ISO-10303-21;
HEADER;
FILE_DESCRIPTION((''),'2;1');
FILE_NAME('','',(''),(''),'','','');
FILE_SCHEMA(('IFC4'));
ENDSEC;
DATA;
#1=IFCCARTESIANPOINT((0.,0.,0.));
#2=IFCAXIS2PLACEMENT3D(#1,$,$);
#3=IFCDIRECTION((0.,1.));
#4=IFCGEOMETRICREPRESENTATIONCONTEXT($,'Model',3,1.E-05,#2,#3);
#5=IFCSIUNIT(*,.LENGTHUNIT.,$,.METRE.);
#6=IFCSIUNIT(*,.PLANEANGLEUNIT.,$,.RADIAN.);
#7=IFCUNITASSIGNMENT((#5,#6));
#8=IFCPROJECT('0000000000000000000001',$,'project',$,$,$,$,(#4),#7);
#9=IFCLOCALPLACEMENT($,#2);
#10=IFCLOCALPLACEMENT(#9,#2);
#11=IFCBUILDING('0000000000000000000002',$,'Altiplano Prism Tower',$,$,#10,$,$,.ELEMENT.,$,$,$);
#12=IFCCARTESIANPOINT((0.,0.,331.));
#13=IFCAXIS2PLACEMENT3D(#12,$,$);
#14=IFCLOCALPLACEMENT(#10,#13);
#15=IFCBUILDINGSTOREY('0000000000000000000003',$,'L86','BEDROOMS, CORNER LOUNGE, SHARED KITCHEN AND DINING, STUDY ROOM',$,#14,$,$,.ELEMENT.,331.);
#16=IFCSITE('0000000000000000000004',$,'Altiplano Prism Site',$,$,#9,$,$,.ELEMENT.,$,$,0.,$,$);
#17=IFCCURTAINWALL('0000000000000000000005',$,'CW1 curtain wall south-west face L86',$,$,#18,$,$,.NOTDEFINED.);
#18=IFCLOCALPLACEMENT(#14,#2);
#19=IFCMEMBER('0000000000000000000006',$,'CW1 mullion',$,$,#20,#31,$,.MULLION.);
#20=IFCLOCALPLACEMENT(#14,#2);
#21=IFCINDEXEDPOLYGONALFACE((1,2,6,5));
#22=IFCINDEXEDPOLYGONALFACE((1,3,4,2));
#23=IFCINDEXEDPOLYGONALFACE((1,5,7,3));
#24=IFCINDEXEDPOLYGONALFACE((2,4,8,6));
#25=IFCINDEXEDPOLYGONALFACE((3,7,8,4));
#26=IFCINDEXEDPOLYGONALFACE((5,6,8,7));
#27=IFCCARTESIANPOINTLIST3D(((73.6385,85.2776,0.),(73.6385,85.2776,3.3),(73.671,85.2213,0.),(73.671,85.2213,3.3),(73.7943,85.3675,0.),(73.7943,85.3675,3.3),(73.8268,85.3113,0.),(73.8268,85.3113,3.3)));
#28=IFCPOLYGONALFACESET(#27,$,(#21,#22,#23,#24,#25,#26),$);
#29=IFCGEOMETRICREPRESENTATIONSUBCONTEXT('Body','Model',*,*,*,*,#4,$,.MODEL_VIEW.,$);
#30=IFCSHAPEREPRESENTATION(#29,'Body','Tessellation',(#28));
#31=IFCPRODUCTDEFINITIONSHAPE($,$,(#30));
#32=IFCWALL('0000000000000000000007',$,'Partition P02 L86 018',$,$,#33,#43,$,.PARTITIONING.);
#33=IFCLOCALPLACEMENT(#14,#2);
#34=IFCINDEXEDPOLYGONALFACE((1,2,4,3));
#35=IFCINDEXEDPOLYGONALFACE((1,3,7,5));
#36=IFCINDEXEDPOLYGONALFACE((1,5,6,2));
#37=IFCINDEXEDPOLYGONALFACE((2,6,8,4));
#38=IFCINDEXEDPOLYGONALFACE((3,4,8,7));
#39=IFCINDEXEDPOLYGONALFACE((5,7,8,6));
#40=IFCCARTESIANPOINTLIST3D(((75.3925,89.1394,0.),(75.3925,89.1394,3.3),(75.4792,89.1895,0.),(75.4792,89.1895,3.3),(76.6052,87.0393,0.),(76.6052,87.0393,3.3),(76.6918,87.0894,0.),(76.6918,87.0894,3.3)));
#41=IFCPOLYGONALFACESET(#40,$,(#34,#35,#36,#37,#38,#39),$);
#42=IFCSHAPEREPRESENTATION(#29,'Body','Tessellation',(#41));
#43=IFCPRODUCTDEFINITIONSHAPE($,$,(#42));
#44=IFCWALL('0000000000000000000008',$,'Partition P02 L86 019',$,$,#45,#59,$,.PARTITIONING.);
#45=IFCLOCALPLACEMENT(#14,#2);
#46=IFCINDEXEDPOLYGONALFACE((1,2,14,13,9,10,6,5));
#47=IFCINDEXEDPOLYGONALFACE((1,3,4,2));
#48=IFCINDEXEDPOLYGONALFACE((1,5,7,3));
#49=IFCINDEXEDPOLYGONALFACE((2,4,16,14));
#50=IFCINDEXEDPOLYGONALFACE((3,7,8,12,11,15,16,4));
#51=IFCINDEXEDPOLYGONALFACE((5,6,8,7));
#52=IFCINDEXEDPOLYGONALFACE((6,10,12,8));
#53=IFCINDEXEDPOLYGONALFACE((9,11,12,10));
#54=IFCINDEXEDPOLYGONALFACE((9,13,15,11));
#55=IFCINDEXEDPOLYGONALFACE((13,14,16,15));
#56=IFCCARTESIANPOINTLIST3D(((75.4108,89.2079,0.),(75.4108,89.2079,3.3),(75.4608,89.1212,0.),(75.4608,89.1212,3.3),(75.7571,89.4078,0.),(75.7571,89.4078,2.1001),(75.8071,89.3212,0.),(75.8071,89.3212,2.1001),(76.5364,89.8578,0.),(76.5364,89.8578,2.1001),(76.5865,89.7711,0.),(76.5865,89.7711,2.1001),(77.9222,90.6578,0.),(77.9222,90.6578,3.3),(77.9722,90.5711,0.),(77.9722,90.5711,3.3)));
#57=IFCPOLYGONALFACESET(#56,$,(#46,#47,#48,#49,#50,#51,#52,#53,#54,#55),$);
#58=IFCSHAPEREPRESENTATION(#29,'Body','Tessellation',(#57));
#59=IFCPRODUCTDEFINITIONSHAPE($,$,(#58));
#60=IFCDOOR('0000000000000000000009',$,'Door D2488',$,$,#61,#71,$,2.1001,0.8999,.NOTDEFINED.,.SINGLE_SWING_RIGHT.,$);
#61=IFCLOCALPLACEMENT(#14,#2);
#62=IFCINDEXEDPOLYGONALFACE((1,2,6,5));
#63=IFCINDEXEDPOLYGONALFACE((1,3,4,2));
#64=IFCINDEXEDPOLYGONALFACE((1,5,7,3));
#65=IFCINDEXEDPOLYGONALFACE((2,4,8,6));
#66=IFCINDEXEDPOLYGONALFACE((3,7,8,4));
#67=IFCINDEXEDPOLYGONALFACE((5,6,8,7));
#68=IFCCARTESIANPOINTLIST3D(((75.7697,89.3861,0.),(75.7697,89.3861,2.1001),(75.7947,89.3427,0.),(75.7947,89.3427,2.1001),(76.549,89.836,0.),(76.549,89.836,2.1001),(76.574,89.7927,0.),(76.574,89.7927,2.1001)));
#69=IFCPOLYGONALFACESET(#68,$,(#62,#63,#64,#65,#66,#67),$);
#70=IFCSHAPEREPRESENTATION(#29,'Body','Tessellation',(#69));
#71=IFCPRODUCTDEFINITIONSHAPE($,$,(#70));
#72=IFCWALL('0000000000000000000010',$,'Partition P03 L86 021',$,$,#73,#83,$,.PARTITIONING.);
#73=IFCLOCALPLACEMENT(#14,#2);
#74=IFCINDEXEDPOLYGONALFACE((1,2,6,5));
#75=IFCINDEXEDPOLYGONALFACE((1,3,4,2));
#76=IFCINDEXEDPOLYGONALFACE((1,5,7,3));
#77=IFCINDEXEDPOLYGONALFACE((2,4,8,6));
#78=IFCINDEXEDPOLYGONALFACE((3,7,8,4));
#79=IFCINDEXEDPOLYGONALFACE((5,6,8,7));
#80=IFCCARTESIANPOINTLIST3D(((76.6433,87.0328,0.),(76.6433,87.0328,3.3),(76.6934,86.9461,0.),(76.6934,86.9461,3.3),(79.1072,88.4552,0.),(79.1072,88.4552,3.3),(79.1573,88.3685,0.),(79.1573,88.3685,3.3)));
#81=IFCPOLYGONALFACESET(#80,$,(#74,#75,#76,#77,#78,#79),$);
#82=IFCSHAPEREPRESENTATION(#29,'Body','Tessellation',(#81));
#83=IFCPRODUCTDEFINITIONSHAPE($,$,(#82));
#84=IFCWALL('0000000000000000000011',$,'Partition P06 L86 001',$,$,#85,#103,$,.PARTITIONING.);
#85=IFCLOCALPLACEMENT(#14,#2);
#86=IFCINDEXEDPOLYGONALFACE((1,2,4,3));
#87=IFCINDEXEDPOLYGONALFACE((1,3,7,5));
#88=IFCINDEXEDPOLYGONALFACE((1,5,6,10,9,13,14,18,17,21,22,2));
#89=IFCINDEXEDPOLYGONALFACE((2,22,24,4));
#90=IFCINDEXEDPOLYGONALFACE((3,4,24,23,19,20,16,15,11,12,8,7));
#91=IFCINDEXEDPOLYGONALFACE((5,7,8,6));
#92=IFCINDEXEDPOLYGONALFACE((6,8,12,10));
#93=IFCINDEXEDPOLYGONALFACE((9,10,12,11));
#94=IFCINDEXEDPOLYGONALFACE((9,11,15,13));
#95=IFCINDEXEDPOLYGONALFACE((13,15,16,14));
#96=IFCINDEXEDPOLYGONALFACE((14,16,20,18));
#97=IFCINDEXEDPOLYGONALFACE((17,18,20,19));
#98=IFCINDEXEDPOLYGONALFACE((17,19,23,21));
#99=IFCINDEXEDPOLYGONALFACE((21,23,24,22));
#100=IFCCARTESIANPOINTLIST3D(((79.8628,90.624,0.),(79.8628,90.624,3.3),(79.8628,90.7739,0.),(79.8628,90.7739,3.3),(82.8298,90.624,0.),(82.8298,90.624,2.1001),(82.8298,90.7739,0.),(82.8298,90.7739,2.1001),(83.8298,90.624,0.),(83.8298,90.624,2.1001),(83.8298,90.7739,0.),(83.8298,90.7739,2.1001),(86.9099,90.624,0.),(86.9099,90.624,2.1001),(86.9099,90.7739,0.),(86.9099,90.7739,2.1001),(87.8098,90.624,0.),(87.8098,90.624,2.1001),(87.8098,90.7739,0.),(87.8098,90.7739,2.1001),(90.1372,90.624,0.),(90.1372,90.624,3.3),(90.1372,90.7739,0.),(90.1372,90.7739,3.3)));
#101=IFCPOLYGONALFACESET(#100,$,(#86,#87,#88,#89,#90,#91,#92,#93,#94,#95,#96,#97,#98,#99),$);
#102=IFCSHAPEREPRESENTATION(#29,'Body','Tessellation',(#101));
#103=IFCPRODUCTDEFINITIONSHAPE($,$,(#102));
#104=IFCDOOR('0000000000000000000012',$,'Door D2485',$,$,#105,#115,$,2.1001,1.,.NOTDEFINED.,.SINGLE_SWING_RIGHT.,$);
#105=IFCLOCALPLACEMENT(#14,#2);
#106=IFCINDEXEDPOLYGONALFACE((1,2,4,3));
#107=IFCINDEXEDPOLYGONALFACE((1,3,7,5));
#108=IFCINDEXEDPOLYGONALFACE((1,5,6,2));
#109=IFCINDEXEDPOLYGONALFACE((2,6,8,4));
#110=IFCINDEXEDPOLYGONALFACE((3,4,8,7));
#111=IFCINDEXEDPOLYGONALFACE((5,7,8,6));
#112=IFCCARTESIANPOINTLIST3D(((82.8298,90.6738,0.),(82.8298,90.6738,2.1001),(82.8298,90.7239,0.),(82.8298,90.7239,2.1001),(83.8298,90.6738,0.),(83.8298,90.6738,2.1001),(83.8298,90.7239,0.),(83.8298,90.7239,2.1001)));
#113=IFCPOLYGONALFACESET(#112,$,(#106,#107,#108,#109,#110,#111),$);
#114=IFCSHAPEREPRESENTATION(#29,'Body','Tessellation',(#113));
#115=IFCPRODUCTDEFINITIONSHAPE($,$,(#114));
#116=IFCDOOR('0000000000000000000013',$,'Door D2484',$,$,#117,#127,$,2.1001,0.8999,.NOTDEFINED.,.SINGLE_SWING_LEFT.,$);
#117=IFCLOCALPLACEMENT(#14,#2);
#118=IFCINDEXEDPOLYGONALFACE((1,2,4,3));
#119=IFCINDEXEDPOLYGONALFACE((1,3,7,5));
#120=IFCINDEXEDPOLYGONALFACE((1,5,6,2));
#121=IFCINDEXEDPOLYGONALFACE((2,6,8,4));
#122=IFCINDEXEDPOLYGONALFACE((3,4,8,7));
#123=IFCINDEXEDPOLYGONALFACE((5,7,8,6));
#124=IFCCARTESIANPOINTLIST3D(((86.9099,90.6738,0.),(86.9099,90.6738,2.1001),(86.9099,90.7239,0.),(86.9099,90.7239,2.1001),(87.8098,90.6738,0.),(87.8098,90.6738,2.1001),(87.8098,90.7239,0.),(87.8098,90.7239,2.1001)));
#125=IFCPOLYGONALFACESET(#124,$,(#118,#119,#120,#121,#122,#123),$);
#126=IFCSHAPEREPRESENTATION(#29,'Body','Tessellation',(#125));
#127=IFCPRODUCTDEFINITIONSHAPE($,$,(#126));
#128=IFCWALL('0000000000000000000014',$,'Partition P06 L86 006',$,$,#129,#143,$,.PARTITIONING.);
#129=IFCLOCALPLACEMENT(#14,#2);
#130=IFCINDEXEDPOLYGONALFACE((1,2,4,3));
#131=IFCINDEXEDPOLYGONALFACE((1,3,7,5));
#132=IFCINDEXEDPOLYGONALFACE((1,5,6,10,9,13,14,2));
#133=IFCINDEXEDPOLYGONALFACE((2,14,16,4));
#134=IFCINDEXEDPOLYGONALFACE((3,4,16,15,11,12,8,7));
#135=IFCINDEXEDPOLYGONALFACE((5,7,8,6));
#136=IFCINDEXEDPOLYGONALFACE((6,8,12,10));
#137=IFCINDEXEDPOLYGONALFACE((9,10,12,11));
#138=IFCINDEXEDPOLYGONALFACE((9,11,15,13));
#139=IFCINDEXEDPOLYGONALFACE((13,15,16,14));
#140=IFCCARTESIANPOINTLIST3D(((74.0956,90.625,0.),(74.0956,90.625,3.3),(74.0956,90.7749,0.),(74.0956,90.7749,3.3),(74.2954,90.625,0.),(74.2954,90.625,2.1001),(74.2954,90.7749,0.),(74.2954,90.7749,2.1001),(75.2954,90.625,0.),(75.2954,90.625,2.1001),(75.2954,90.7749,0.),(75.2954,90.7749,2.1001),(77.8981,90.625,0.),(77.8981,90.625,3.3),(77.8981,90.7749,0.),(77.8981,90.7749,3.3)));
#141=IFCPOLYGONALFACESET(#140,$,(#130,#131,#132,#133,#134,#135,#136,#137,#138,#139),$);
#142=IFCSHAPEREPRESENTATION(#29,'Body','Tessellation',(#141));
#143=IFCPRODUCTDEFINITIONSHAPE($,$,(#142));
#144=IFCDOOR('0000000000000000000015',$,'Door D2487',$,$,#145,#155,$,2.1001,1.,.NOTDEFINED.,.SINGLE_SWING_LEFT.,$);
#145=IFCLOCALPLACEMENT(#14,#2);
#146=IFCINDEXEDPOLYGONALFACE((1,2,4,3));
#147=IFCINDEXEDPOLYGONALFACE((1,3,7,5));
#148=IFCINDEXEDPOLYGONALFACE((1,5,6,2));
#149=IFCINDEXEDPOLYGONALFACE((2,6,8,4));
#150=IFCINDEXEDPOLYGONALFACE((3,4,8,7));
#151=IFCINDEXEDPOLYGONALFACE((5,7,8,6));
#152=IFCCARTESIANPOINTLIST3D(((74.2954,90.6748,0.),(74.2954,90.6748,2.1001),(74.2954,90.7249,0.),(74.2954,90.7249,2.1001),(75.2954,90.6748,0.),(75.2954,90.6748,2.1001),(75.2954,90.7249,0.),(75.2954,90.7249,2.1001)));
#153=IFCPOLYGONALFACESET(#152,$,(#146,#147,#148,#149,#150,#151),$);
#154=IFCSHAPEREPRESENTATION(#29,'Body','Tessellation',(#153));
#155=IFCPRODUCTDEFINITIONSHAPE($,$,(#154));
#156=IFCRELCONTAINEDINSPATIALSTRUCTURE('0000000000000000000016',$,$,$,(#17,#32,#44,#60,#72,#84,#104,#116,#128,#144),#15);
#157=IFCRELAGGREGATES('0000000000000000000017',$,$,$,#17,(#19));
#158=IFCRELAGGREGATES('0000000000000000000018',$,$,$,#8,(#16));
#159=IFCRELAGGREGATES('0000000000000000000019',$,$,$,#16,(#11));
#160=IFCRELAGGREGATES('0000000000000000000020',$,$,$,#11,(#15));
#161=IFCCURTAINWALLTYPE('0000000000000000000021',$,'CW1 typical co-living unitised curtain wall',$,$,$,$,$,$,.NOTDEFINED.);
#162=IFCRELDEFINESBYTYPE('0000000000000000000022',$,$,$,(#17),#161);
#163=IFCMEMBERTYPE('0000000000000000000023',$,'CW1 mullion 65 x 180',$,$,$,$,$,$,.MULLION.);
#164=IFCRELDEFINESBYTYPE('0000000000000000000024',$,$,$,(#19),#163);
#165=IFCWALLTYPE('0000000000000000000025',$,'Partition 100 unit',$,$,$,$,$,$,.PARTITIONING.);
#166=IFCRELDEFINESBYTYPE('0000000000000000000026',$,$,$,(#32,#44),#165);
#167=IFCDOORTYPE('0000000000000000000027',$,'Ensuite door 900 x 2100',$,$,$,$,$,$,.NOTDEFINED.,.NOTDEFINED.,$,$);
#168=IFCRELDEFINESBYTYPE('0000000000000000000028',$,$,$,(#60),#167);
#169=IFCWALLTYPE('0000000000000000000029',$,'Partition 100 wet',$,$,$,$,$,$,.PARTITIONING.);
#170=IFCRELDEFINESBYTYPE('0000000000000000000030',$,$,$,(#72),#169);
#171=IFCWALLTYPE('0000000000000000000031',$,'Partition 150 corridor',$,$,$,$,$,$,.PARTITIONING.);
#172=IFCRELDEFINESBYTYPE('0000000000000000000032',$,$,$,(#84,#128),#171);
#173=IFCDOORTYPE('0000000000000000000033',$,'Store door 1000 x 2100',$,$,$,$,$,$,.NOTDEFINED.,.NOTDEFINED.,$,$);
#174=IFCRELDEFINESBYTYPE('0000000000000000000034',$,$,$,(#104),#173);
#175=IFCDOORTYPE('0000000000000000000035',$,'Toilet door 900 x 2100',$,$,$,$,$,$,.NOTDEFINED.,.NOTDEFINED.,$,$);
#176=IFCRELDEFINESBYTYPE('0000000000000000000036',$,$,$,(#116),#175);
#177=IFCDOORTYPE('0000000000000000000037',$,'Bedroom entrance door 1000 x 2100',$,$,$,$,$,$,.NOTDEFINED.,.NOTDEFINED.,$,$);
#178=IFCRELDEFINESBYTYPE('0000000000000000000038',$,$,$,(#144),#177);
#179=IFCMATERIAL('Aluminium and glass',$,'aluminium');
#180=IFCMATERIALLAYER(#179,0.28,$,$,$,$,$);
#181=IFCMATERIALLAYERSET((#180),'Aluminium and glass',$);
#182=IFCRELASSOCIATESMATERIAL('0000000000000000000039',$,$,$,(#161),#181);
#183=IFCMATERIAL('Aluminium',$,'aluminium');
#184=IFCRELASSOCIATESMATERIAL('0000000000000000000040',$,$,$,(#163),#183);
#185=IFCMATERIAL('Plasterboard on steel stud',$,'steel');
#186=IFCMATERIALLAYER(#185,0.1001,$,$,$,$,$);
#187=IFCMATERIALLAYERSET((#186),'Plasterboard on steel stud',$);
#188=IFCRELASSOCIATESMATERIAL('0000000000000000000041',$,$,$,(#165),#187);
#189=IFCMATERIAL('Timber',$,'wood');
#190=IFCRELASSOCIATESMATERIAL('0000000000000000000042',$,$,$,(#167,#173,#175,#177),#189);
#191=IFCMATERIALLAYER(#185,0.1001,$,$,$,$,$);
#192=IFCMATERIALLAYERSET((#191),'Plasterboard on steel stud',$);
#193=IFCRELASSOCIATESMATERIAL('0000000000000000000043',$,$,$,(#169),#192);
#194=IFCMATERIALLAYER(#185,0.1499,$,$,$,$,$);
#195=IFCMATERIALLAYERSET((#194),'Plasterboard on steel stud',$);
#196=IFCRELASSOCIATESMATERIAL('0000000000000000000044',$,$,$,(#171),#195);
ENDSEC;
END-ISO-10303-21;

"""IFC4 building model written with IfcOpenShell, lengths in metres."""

from ifc_helpers import new_model, si_unit, direction, frame, frame_2d, origin, origin_2d, place, context, subcontext, project, spatial, rectangle, extrude, material, layer, layer_set, material_profile, profile_set, type_object, element, fill, aggregate, save


model = new_model("IFC4")

# Units and contexts
model_context = context("Model", 3, precision=1e-05, world=origin(), true_north=direction((0.0, 1.0)))
body_context = subcontext(model_context, "Body", "Model", "MODEL_VIEW")
ifc_project = project(units=[si_unit("LENGTHUNIT", "METRE"), si_unit("PLANEANGLEUNIT", "RADIAN")], contexts=[model_context])

# Site, building, storey
site_placement = place(None, origin())
site = spatial("IfcSite", under=ifc_project, at=site_placement, Name="Altiplano Prism Site", CompositionType="ELEMENT", RefElevation=0.0)
building_placement = place(site_placement, origin())
building = spatial("IfcBuilding", under=site, at=building_placement, Name="Altiplano Prism Tower", CompositionType="ELEMENT")
storey_placement = place(building_placement, frame((0.0, 0.0, 331.0)))
storey = spatial("IfcBuildingStorey", under=building, at=storey_placement, Name="L86", Description="BEDROOMS, CORNER LOUNGE, SHARED KITCHEN AND DINING, STUDY ROOM", CompositionType="ELEMENT", Elevation=331.0)

# Curtain wall, member
ifc_material_1 = material(Name="Aluminium and glass", Category="aluminium")
ifc_layer_1 = layer(ifc_material_1, 0.28)
ifc_layer_set_1 = layer_set([ifc_layer_1], Name="Aluminium and glass")
curtain_wall_type = type_object("IfcCurtainWallType", Name="CW1 typical co-living unitised curtain wall", PredefinedType="NOTDEFINED", material=ifc_layer_set_1)
curtain_wall_placement = place(storey_placement, origin())
curtain_wall = element("IfcCurtainWall", 1, at=curtain_wall_placement, inside=storey, type_object=curtain_wall_type, Name="CW1 curtain wall south-west face L86", PredefinedType="NOTDEFINED")
ifc_material_2 = material(Name="Aluminium", Category="aluminium")
ifc_material_profile = material_profile(ifc_material_2, rectangle(XDim=0.1799, YDim=0.0649, at=origin_2d()), Name="CW1 mullion 65 x 180")
ifc_profile_set = profile_set([ifc_material_profile], Name="Aluminium")
member_type = type_object("IfcMemberType", Name="CW1 mullion 65 x 180", PredefinedType="MULLION", material=ifc_profile_set)
member_placement = place(storey_placement, frame((73.7327, 85.2944, 0.0), z_axis=(0.0, 0.0, 1.0), x_axis=(0.866025, 0.5, 0.0)))
member = element("IfcMember", 2, at=member_placement, type_object=member_type, Name="CW1 mullion", PredefinedType="MULLION", context=body_context, shape_type="SweptSolid", body=[
    extrude(rectangle(XDim=0.1799, YDim=0.0649, at=origin_2d()), origin(), (0.0, 0.0, 1.0), 3.3),
])
aggregate(curtain_wall, [member])

# Wall
ifc_material_3 = material(Name="Plasterboard on steel stud", Category="steel")
ifc_layer_2 = layer(ifc_material_3, 0.1001)
ifc_layer_set_2 = layer_set([ifc_layer_2], Name="Plasterboard on steel stud")
wall_type_1 = type_object("IfcWallType", Name="Partition 100 unit", PredefinedType="PARTITIONING", material=ifc_layer_set_2)
wall_1_placement = place(storey_placement, frame((76.6484, 87.0645, 0.0), z_axis=(0.0, 0.0, 1.0), x_axis=(-0.500048, 0.865998, 0.0)))
element("IfcWall", 3, at=wall_1_placement, inside=storey, type_object=wall_type_1, Name="Partition P02 L86 018", PredefinedType="PARTITIONING", context=body_context, shape_type="SweptSolid", body=[
    extrude(rectangle(XDim=2.425, YDim=0.1001, at=frame_2d((1.2124, 0.0))), origin(), (0.0, 0.0, 1.0), 3.3),
])

# Wall, opening, door
wall_2_placement = place(storey_placement, frame((75.4358, 89.1646, 0.0), z_axis=(0.0, 0.0, 1.0), x_axis=(0.866033, 0.499987, 0.0)))
wall_2 = element("IfcWall", 4, at=wall_2_placement, inside=storey, type_object=wall_type_1, Name="Partition P02 L86 019", PredefinedType="PARTITIONING", context=body_context, shape_type="SweptSolid", body=[
    extrude(rectangle(XDim=2.8999, YDim=0.1001, at=frame_2d((1.45, 0.0))), origin(), (0.0, 0.0, 1.0), 3.3),
])
opening_1_placement = place(wall_2_placement, frame((0.3999, 0.0, 0.0)))
opening_1 = element("IfcOpeningElement", 5, at=opening_1_placement, cuts=wall_2, PredefinedType="OPENING", context=body_context, shape_type="SweptSolid", body=[
    extrude(rectangle(XDim=0.8999, YDim=2.1001, at=frame_2d((0.45, 1.05))), frame((0.0, 0.0605, 0.0), z_axis=(0.0, -1.0, 0.0), x_axis=(1.0, 0.0, 0.0)), (0.0, 0.0, 1.0), 0.1211),
])
ifc_material_4 = material(Name="Timber", Category="wood")
door_type_1 = type_object("IfcDoorType", Name="Ensuite door 900 x 2100", OperationType="NOTDEFINED", PredefinedType="NOTDEFINED", material=ifc_material_4)
door_1_placement = place(opening_1_placement, origin())
door_1 = element("IfcDoor", 6, at=door_1_placement, inside=storey, type_object=door_type_1, Name="Door D2488", OperationType="SINGLE_SWING_RIGHT", OverallHeight=2.1001, OverallWidth=0.8999, PredefinedType="NOTDEFINED", context=body_context, shape_type="SweptSolid", body=[
    extrude(rectangle(XDim=0.8999, YDim=2.1001, at=frame_2d((0.45, 1.05))), frame((0.0, 0.0249, 0.0), z_axis=(0.0, -1.0, 0.0), x_axis=(1.0, 0.0, 0.0)), (0.0, 0.0, 1.0), 0.05),
])
fill(opening_1, door_1)

# Wall
ifc_layer_3 = layer(ifc_material_3, 0.1001)
ifc_layer_set_3 = layer_set([ifc_layer_3], Name="Plasterboard on steel stud")
wall_type_2 = type_object("IfcWallType", Name="Partition 100 wet", PredefinedType="PARTITIONING", material=ifc_layer_set_3)
wall_3_placement = place(storey_placement, frame((76.6685, 86.9895, 0.0), z_axis=(0.0, 0.0, 1.0), x_axis=(0.866048, 0.49996, 0.0)))
element("IfcWall", 7, at=wall_3_placement, inside=storey, type_object=wall_type_2, Name="Partition P03 L86 021", PredefinedType="PARTITIONING", context=body_context, shape_type="SweptSolid", body=[
    extrude(rectangle(XDim=2.845, YDim=0.1001, at=frame_2d((1.4224, 0.0))), origin(), (0.0, 0.0, 1.0), 3.3),
])

# Wall, openings, doors
ifc_layer_4 = layer(ifc_material_3, 0.1499)
ifc_layer_set_4 = layer_set([ifc_layer_4], Name="Plasterboard on steel stud")
wall_type_3 = type_object("IfcWallType", Name="Partition 150 corridor", PredefinedType="PARTITIONING", material=ifc_layer_set_4)
wall_4_placement = place(storey_placement, frame((79.8628, 90.699, 0.0), z_axis=(0.0, 0.0, 1.0), x_axis=(1.0, 0.0, 0.0)))
wall_4 = element("IfcWall", 8, at=wall_4_placement, inside=storey, type_object=wall_type_3, Name="Partition P06 L86 001", PredefinedType="PARTITIONING", context=body_context, shape_type="SweptSolid", body=[
    extrude(rectangle(XDim=10.2744, YDim=0.1499, at=frame_2d((5.1372, 0.0))), origin(), (0.0, 0.0, 1.0), 3.3),
])
opening_2_placement = place(wall_4_placement, frame((7.0471, 0.0, 0.0)))
opening_2 = element("IfcOpeningElement", 9, at=opening_2_placement, cuts=wall_4, PredefinedType="OPENING", context=body_context, shape_type="SweptSolid", body=[
    extrude(rectangle(XDim=0.8999, YDim=2.1001, at=frame_2d((0.45, 1.05))), frame((0.0, 0.0854, 0.0), z_axis=(0.0, -1.0, 0.0), x_axis=(1.0, 0.0, 0.0)), (0.0, 0.0, 1.0), 0.1709),
])
opening_3_placement = place(wall_4_placement, frame((2.967, 0.0, 0.0)))
opening_3 = element("IfcOpeningElement", 10, at=opening_3_placement, cuts=wall_4, PredefinedType="OPENING", context=body_context, shape_type="SweptSolid", body=[
    extrude(rectangle(XDim=1.0, YDim=2.1001, at=frame_2d((0.5, 1.05))), frame((0.0, 0.0854, 0.0), z_axis=(0.0, -1.0, 0.0), x_axis=(1.0, 0.0, 0.0)), (0.0, 0.0, 1.0), 0.1709),
])
door_type_2 = type_object("IfcDoorType", Name="Store door 1000 x 2100", OperationType="NOTDEFINED", PredefinedType="NOTDEFINED", material=ifc_material_4)
door_2_placement = place(opening_3_placement, origin())
door_2 = element("IfcDoor", 11, at=door_2_placement, inside=storey, type_object=door_type_2, Name="Door D2485", OperationType="SINGLE_SWING_RIGHT", OverallHeight=2.1001, OverallWidth=1.0, PredefinedType="NOTDEFINED", context=body_context, shape_type="SweptSolid", body=[
    extrude(rectangle(XDim=1.0, YDim=2.1001, at=frame_2d((0.5, 1.05))), frame((0.0, 0.0249, 0.0), z_axis=(0.0, -1.0, 0.0), x_axis=(1.0, 0.0, 0.0)), (0.0, 0.0, 1.0), 0.05),
])
fill(opening_3, door_2)
door_type_3 = type_object("IfcDoorType", Name="Toilet door 900 x 2100", OperationType="NOTDEFINED", PredefinedType="NOTDEFINED", material=ifc_material_4)
door_3_placement = place(opening_2_placement, origin())
door_3 = element("IfcDoor", 12, at=door_3_placement, inside=storey, type_object=door_type_3, Name="Door D2484", OperationType="SINGLE_SWING_LEFT", OverallHeight=2.1001, OverallWidth=0.8999, PredefinedType="NOTDEFINED", context=body_context, shape_type="SweptSolid", body=[
    extrude(rectangle(XDim=0.8999, YDim=2.1001, at=frame_2d((0.45, 1.05))), frame((0.0, 0.0249, 0.0), z_axis=(0.0, -1.0, 0.0), x_axis=(1.0, 0.0, 0.0)), (0.0, 0.0, 1.0), 0.05),
])
fill(opening_2, door_3)

# Wall, opening, door
wall_5_placement = place(storey_placement, frame((74.0955, 90.7, 0.0), z_axis=(0.0, 0.0, 1.0), x_axis=(1.0, 0.0, 0.0)))
wall_5 = element("IfcWall", 13, at=wall_5_placement, inside=storey, type_object=wall_type_3, Name="Partition P06 L86 006", PredefinedType="PARTITIONING", context=body_context, shape_type="SweptSolid", body=[
    extrude(rectangle(XDim=3.8025, YDim=0.1499, at=frame_2d((1.9014, 0.0))), origin(), (0.0, 0.0, 1.0), 3.3),
])
opening_4_placement = place(wall_5_placement, frame((0.2, 0.0, 0.0)))
opening_4 = element("IfcOpeningElement", 14, at=opening_4_placement, cuts=wall_5, PredefinedType="OPENING", context=body_context, shape_type="SweptSolid", body=[
    extrude(rectangle(XDim=1.0, YDim=2.1001, at=frame_2d((0.5, 1.05))), frame((0.0, 0.0854, 0.0), z_axis=(0.0, -1.0, 0.0), x_axis=(1.0, 0.0, 0.0)), (0.0, 0.0, 1.0), 0.1709),
])
door_type_4 = type_object("IfcDoorType", Name="Bedroom entrance door 1000 x 2100", OperationType="NOTDEFINED", PredefinedType="NOTDEFINED", material=ifc_material_4)
door_4_placement = place(opening_4_placement, origin())
door_4 = element("IfcDoor", 15, at=door_4_placement, inside=storey, type_object=door_type_4, Name="Door D2487", OperationType="SINGLE_SWING_LEFT", OverallHeight=2.1001, OverallWidth=1.0, PredefinedType="NOTDEFINED", context=body_context, shape_type="SweptSolid", body=[
    extrude(rectangle(XDim=1.0, YDim=2.1001, at=frame_2d((0.5, 1.05))), frame((0.0, 0.0249, 0.0), z_axis=(0.0, -1.0, 0.0), x_axis=(1.0, 0.0, 0.0)), (0.0, 0.0, 1.0), 0.05),
])
fill(opening_4, door_4)

save(model, "model.ifc")
